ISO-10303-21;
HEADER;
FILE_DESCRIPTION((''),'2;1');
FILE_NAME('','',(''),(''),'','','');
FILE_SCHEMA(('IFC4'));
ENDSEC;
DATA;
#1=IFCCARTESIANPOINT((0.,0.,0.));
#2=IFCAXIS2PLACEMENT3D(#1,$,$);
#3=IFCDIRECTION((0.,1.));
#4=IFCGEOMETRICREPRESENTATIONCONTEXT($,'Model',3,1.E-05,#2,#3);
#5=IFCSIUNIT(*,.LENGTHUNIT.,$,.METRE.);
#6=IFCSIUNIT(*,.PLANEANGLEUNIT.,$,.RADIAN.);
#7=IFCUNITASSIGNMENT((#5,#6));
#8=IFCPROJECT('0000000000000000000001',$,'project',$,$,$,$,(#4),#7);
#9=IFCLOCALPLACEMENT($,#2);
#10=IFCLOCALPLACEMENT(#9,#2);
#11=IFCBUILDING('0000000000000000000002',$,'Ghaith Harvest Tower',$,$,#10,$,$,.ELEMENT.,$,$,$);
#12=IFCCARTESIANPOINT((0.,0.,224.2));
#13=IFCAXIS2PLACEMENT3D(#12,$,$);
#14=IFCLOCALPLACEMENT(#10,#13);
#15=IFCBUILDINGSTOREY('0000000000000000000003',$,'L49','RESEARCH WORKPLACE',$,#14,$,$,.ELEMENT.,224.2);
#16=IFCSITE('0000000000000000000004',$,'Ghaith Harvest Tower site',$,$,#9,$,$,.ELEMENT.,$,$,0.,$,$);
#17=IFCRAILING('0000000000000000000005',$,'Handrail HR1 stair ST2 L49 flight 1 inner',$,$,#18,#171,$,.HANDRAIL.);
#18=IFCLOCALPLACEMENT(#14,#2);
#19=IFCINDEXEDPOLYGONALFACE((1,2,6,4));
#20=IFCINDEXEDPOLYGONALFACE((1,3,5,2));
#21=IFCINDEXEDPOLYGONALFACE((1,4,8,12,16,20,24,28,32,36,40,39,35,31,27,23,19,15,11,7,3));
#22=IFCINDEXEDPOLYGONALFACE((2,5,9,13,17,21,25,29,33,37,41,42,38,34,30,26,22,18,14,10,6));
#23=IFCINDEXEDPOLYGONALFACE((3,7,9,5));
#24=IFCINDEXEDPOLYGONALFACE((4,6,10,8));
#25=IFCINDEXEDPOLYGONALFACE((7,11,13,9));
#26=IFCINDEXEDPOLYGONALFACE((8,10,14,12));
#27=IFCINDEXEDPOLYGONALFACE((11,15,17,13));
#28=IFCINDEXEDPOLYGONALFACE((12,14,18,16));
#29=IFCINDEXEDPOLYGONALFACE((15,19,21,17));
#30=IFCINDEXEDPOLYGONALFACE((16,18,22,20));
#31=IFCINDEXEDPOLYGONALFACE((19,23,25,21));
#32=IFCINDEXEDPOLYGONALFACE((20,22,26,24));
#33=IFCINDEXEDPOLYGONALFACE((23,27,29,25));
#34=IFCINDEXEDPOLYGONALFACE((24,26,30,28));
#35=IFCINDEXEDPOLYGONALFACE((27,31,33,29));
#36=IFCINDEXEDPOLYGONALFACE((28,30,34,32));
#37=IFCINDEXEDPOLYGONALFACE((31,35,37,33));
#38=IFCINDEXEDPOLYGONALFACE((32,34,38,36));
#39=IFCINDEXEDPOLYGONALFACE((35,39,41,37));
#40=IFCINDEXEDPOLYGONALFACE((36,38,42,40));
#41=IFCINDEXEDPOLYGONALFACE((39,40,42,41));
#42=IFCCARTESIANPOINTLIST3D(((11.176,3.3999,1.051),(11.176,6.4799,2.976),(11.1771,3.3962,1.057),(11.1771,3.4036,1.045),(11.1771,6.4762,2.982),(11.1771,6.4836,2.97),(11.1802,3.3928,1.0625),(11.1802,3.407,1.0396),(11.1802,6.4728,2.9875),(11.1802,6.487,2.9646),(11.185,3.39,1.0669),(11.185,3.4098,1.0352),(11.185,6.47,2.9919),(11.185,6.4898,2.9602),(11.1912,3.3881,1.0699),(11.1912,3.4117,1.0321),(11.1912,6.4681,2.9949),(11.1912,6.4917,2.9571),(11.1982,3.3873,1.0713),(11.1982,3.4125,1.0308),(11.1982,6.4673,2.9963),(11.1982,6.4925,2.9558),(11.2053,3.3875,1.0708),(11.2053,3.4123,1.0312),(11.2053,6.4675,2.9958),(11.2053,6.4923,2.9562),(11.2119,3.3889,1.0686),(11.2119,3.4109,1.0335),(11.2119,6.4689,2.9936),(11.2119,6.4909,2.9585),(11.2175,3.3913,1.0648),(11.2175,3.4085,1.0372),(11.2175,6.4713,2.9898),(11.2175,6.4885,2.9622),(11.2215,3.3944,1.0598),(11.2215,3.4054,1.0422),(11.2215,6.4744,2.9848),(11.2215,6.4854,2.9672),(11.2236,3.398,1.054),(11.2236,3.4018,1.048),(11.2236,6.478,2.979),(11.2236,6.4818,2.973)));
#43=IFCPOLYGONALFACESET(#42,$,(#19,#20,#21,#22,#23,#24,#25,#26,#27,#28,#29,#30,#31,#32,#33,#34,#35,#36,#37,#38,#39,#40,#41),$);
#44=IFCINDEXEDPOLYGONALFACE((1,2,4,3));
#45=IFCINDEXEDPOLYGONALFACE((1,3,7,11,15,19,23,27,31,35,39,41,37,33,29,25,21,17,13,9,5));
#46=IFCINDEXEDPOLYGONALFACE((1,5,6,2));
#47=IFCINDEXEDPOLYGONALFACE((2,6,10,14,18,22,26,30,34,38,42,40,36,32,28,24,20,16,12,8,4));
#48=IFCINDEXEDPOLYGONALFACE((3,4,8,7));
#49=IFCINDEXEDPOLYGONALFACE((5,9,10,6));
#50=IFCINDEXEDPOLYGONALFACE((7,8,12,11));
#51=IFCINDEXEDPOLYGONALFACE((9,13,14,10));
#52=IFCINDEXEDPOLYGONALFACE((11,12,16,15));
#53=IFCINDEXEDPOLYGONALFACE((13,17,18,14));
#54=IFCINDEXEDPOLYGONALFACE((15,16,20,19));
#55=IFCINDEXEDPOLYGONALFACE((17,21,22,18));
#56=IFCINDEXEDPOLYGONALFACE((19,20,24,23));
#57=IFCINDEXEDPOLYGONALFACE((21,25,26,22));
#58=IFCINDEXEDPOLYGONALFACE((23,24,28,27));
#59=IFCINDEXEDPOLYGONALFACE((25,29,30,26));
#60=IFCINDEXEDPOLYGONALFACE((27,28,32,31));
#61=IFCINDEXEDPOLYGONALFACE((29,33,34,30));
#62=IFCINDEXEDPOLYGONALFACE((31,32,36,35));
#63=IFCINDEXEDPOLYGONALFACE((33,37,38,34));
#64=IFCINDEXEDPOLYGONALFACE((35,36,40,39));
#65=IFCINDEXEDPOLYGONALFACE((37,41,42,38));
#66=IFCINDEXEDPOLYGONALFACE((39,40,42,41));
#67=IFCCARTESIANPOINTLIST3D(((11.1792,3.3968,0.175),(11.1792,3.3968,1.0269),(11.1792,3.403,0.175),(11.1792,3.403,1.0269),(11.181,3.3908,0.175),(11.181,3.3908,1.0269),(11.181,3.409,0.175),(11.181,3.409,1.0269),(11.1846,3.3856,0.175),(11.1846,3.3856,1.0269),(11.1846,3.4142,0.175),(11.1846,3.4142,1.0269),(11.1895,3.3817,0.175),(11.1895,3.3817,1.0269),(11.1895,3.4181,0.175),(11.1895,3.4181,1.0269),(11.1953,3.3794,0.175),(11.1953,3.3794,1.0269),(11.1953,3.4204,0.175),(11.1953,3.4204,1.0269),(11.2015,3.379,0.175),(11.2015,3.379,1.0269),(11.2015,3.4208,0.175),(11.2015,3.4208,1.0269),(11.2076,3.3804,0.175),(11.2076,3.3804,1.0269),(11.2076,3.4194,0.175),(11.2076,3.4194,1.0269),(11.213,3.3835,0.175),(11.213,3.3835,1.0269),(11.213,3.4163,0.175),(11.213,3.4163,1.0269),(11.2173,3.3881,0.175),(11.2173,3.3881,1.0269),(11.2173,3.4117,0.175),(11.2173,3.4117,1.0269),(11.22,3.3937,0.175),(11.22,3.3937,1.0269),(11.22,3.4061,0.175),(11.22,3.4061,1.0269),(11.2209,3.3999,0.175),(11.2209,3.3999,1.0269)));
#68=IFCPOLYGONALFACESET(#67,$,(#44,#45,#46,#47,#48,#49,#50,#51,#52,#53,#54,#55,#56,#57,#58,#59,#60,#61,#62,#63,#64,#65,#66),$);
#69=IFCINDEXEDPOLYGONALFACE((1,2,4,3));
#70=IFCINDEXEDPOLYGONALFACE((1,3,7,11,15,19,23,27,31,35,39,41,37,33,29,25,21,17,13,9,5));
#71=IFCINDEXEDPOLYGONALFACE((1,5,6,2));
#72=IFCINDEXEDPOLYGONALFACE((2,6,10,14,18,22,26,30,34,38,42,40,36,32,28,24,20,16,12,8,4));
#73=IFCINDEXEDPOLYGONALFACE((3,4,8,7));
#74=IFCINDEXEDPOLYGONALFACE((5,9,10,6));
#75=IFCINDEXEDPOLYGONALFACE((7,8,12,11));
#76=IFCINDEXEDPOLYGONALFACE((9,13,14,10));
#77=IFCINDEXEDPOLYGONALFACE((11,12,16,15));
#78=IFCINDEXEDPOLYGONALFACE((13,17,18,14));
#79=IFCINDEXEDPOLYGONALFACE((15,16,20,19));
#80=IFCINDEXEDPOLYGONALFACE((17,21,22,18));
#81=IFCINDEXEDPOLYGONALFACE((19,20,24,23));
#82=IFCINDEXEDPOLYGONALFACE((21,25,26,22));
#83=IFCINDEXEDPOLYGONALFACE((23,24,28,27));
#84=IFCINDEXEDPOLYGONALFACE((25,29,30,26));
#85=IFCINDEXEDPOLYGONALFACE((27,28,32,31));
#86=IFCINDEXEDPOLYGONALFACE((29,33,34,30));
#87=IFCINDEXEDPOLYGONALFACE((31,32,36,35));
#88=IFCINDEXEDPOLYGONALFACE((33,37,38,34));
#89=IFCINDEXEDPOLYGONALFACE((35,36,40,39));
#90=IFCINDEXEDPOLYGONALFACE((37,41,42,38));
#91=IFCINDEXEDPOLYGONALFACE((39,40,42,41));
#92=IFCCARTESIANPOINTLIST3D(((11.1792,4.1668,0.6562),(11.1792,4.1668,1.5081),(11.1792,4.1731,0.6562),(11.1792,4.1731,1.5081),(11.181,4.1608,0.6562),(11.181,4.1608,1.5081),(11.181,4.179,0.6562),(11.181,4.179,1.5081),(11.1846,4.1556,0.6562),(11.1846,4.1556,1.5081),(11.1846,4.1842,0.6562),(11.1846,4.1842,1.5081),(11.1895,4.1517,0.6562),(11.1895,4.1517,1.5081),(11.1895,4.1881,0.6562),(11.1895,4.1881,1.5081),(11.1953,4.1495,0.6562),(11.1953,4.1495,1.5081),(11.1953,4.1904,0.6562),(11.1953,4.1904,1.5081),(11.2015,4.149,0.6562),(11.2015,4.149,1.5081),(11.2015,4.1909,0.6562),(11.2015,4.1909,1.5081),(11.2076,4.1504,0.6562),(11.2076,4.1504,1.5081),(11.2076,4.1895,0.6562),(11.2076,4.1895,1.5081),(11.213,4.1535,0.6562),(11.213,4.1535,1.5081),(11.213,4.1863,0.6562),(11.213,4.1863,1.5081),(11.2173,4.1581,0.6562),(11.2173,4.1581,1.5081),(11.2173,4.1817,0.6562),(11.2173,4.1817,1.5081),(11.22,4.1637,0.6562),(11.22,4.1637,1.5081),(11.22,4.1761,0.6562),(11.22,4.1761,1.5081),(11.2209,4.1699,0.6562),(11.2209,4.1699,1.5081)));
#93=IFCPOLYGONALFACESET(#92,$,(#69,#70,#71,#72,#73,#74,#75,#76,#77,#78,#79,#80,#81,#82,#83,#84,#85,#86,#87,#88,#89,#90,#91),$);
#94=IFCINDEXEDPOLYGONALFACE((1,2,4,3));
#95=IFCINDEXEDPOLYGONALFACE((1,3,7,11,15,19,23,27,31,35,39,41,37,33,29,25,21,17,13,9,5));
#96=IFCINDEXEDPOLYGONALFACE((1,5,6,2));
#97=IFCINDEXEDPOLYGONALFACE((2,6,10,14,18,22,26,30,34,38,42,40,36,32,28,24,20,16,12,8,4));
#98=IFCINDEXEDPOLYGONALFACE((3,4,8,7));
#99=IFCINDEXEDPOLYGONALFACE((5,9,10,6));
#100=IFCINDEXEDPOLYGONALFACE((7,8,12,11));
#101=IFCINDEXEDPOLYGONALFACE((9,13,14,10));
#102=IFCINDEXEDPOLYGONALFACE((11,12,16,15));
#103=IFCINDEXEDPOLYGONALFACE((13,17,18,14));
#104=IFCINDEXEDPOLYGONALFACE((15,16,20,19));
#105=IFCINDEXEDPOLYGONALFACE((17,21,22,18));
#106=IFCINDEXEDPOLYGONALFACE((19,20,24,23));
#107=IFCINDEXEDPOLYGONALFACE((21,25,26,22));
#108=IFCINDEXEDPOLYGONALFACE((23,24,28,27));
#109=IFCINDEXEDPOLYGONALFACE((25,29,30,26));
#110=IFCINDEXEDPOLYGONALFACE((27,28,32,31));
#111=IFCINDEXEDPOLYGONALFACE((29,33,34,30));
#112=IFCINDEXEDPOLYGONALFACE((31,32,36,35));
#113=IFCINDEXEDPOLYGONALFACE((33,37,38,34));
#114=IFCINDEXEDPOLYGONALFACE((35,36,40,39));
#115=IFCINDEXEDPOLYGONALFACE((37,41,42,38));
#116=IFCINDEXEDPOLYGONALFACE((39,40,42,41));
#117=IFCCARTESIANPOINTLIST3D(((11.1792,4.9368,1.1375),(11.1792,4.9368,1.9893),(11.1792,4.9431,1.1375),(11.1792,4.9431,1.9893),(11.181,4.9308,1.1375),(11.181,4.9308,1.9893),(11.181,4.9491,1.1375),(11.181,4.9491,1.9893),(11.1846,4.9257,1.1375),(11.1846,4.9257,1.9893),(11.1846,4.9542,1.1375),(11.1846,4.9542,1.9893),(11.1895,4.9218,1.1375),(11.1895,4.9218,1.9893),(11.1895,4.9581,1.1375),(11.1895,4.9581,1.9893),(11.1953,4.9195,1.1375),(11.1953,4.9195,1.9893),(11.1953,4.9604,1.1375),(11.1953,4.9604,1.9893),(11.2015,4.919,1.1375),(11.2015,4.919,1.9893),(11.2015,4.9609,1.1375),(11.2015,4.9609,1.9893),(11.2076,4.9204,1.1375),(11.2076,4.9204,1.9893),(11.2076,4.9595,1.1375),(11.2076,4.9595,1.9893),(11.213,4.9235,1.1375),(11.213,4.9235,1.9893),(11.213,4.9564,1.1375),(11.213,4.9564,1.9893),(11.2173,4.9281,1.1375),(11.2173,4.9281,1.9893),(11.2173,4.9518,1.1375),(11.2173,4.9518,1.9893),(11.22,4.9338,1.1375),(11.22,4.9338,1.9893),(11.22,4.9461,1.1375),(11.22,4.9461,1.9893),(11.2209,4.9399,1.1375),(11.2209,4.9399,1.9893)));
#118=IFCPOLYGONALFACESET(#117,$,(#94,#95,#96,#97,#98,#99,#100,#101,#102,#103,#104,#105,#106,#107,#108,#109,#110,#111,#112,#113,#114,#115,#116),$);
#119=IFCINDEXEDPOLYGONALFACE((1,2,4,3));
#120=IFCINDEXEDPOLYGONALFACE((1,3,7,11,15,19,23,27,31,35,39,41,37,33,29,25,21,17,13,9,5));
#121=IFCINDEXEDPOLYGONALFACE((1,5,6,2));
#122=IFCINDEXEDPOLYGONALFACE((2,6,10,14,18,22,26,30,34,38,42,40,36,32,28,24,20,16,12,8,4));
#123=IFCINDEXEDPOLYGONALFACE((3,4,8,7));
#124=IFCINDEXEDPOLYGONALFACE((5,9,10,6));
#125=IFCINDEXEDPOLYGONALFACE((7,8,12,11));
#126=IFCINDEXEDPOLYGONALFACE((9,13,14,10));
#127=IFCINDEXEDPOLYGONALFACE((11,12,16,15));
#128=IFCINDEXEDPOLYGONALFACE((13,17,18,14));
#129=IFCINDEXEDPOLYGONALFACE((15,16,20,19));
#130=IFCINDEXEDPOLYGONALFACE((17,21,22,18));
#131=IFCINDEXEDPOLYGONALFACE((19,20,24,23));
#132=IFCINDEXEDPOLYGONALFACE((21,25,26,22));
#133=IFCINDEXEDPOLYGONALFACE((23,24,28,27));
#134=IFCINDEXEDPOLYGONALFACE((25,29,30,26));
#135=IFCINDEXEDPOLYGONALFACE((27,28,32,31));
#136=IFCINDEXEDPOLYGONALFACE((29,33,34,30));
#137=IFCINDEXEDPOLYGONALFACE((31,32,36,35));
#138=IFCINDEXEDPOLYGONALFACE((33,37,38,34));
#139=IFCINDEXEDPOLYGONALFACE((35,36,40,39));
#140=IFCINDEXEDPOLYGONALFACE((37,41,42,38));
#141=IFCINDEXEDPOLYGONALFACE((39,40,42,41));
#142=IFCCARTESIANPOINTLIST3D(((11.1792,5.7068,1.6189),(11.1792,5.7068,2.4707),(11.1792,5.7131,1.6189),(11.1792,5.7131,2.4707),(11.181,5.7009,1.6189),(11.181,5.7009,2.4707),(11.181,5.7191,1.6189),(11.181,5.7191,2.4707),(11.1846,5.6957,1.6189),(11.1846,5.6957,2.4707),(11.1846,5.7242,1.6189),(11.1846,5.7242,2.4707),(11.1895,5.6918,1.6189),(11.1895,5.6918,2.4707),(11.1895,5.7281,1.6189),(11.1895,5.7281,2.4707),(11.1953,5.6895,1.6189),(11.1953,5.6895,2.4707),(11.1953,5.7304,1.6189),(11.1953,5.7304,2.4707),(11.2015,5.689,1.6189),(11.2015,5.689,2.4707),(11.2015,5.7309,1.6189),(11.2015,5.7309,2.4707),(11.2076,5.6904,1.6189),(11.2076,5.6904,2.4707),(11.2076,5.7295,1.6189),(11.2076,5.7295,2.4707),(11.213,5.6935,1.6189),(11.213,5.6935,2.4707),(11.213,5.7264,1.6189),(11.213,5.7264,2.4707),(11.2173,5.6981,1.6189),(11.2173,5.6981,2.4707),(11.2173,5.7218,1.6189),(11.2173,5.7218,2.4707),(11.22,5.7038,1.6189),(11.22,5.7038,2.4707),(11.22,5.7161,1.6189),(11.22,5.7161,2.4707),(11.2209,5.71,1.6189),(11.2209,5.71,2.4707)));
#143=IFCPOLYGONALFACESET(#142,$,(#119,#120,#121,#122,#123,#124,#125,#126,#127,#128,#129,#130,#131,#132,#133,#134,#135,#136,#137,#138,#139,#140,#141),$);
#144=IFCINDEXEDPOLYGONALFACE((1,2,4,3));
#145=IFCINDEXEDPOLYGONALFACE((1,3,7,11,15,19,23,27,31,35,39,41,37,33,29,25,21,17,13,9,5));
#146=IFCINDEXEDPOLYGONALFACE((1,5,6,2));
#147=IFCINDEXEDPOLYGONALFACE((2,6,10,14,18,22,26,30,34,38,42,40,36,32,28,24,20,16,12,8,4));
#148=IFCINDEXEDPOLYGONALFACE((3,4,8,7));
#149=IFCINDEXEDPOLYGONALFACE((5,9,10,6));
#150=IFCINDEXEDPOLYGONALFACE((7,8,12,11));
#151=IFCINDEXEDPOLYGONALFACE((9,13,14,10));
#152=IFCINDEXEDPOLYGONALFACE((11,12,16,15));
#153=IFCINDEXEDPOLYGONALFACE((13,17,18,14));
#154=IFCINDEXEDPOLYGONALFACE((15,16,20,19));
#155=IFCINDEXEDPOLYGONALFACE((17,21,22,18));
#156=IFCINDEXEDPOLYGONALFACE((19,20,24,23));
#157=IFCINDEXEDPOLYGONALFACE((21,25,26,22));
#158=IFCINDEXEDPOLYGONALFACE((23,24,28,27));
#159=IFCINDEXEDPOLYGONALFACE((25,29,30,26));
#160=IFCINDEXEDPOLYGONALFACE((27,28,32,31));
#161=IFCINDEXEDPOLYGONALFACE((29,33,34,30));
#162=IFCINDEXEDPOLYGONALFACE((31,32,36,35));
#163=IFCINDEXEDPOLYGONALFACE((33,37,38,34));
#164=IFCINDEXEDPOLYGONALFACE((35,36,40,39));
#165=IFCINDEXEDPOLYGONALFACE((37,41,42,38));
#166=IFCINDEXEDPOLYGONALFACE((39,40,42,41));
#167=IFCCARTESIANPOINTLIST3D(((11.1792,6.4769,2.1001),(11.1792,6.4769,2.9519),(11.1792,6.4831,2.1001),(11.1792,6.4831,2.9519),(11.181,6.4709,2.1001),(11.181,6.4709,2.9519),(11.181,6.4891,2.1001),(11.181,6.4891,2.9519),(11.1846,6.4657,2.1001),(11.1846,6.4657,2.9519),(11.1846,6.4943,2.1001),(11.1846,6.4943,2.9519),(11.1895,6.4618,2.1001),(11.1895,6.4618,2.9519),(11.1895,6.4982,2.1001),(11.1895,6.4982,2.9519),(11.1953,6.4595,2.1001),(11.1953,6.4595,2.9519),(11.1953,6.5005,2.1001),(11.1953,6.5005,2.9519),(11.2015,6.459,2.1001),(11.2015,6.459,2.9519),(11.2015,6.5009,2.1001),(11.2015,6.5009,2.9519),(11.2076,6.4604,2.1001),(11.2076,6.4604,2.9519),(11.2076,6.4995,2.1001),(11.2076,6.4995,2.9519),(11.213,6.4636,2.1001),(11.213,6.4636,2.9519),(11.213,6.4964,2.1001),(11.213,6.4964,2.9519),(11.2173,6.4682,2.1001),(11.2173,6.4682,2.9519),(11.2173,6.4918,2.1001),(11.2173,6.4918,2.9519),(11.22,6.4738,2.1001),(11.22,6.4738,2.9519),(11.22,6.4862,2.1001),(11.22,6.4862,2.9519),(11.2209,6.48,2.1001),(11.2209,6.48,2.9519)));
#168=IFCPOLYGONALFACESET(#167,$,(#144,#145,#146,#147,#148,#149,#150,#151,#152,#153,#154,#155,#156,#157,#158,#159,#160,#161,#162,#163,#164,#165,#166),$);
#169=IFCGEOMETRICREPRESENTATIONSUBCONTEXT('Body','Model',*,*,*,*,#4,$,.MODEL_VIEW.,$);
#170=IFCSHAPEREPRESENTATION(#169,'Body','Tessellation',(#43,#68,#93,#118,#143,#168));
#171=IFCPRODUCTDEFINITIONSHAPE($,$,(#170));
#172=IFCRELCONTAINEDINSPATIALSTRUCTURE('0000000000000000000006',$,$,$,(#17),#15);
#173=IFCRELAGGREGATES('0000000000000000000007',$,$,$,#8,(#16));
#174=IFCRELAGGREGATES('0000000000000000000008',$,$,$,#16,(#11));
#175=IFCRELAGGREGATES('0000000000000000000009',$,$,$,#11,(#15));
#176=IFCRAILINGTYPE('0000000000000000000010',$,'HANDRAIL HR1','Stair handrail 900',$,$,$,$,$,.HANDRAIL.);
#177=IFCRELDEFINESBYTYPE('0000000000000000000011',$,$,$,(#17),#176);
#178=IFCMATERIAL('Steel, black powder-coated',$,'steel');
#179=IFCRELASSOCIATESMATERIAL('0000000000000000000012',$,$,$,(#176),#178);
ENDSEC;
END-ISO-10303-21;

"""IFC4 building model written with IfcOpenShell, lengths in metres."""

from ifc_helpers import new_model, si_unit, direction, frame, origin, origin_2d, place, context, subcontext, project, spatial, circle, extrude, material, type_object, element, save


model = new_model("IFC4")

# Units and contexts
model_context = context("Model", 3, precision=1e-05, world=origin(), true_north=direction((0.0, 1.0)))
body_context = subcontext(model_context, "Body", "Model", "MODEL_VIEW")
ifc_project = project(units=[si_unit("LENGTHUNIT", "METRE"), si_unit("PLANEANGLEUNIT", "RADIAN")], contexts=[model_context])

# Site, building, storey
site_placement = place(None, origin())
site = spatial("IfcSite", under=ifc_project, at=site_placement, Name="Ghaith Harvest Tower site", CompositionType="ELEMENT", RefElevation=0.0)
building_placement = place(site_placement, origin())
building = spatial("IfcBuilding", under=site, at=building_placement, Name="Ghaith Harvest Tower", CompositionType="ELEMENT")
storey_placement = place(building_placement, frame((0.0, 0.0, 224.2)))
storey = spatial("IfcBuildingStorey", under=building, at=storey_placement, Name="L49", Description="RESEARCH WORKPLACE", CompositionType="ELEMENT", Elevation=224.2)

# Railing
ifc_material_1 = material(Name="Steel, black powder-coated", Category="steel")
railing_type = type_object("IfcRailingType", Name="HANDRAIL HR1", Description="Stair handrail 900", PredefinedType="HANDRAIL", material=ifc_material_1)
railing_1_placement = place(storey_placement, frame((11.2, 3.3999, 0.175)))
element("IfcRailing", 1, at=railing_1_placement, inside=storey, type_object=railing_type, Name="Handrail HR1 stair ST2 L49 flight 1 inner", PredefinedType="HANDRAIL", context=body_context, shape_type="SweptSolid", body=[
    extrude(circle(Radius=0.0239, at=origin_2d()), frame((0.0, 0.0, 0.876), z_axis=(0.0, 0.847998, 0.529999), x_axis=(-1.0, 0.0, 0.0)), (0.0, 0.0, 1.0), 3.6321),
    extrude(circle(Radius=0.021, at=origin_2d()), origin(), (0.0, 0.0, 1.0), 0.8518),
    extrude(circle(Radius=0.021, at=origin_2d()), frame((0.0, 0.77, 0.4812)), (0.0, 0.0, 1.0), 0.8518),
    extrude(circle(Radius=0.021, at=origin_2d()), frame((0.0, 1.54, 0.9624)), (0.0, 0.0, 1.0), 0.8518),
    extrude(circle(Radius=0.021, at=origin_2d()), frame((0.0, 2.3101, 1.4438)), (0.0, 0.0, 1.0), 0.8518),
    extrude(circle(Radius=0.021, at=origin_2d()), frame((0.0, 3.0801, 1.925)), (0.0, 0.0, 1.0), 0.8518),
])

save(model, "model.ifc")
